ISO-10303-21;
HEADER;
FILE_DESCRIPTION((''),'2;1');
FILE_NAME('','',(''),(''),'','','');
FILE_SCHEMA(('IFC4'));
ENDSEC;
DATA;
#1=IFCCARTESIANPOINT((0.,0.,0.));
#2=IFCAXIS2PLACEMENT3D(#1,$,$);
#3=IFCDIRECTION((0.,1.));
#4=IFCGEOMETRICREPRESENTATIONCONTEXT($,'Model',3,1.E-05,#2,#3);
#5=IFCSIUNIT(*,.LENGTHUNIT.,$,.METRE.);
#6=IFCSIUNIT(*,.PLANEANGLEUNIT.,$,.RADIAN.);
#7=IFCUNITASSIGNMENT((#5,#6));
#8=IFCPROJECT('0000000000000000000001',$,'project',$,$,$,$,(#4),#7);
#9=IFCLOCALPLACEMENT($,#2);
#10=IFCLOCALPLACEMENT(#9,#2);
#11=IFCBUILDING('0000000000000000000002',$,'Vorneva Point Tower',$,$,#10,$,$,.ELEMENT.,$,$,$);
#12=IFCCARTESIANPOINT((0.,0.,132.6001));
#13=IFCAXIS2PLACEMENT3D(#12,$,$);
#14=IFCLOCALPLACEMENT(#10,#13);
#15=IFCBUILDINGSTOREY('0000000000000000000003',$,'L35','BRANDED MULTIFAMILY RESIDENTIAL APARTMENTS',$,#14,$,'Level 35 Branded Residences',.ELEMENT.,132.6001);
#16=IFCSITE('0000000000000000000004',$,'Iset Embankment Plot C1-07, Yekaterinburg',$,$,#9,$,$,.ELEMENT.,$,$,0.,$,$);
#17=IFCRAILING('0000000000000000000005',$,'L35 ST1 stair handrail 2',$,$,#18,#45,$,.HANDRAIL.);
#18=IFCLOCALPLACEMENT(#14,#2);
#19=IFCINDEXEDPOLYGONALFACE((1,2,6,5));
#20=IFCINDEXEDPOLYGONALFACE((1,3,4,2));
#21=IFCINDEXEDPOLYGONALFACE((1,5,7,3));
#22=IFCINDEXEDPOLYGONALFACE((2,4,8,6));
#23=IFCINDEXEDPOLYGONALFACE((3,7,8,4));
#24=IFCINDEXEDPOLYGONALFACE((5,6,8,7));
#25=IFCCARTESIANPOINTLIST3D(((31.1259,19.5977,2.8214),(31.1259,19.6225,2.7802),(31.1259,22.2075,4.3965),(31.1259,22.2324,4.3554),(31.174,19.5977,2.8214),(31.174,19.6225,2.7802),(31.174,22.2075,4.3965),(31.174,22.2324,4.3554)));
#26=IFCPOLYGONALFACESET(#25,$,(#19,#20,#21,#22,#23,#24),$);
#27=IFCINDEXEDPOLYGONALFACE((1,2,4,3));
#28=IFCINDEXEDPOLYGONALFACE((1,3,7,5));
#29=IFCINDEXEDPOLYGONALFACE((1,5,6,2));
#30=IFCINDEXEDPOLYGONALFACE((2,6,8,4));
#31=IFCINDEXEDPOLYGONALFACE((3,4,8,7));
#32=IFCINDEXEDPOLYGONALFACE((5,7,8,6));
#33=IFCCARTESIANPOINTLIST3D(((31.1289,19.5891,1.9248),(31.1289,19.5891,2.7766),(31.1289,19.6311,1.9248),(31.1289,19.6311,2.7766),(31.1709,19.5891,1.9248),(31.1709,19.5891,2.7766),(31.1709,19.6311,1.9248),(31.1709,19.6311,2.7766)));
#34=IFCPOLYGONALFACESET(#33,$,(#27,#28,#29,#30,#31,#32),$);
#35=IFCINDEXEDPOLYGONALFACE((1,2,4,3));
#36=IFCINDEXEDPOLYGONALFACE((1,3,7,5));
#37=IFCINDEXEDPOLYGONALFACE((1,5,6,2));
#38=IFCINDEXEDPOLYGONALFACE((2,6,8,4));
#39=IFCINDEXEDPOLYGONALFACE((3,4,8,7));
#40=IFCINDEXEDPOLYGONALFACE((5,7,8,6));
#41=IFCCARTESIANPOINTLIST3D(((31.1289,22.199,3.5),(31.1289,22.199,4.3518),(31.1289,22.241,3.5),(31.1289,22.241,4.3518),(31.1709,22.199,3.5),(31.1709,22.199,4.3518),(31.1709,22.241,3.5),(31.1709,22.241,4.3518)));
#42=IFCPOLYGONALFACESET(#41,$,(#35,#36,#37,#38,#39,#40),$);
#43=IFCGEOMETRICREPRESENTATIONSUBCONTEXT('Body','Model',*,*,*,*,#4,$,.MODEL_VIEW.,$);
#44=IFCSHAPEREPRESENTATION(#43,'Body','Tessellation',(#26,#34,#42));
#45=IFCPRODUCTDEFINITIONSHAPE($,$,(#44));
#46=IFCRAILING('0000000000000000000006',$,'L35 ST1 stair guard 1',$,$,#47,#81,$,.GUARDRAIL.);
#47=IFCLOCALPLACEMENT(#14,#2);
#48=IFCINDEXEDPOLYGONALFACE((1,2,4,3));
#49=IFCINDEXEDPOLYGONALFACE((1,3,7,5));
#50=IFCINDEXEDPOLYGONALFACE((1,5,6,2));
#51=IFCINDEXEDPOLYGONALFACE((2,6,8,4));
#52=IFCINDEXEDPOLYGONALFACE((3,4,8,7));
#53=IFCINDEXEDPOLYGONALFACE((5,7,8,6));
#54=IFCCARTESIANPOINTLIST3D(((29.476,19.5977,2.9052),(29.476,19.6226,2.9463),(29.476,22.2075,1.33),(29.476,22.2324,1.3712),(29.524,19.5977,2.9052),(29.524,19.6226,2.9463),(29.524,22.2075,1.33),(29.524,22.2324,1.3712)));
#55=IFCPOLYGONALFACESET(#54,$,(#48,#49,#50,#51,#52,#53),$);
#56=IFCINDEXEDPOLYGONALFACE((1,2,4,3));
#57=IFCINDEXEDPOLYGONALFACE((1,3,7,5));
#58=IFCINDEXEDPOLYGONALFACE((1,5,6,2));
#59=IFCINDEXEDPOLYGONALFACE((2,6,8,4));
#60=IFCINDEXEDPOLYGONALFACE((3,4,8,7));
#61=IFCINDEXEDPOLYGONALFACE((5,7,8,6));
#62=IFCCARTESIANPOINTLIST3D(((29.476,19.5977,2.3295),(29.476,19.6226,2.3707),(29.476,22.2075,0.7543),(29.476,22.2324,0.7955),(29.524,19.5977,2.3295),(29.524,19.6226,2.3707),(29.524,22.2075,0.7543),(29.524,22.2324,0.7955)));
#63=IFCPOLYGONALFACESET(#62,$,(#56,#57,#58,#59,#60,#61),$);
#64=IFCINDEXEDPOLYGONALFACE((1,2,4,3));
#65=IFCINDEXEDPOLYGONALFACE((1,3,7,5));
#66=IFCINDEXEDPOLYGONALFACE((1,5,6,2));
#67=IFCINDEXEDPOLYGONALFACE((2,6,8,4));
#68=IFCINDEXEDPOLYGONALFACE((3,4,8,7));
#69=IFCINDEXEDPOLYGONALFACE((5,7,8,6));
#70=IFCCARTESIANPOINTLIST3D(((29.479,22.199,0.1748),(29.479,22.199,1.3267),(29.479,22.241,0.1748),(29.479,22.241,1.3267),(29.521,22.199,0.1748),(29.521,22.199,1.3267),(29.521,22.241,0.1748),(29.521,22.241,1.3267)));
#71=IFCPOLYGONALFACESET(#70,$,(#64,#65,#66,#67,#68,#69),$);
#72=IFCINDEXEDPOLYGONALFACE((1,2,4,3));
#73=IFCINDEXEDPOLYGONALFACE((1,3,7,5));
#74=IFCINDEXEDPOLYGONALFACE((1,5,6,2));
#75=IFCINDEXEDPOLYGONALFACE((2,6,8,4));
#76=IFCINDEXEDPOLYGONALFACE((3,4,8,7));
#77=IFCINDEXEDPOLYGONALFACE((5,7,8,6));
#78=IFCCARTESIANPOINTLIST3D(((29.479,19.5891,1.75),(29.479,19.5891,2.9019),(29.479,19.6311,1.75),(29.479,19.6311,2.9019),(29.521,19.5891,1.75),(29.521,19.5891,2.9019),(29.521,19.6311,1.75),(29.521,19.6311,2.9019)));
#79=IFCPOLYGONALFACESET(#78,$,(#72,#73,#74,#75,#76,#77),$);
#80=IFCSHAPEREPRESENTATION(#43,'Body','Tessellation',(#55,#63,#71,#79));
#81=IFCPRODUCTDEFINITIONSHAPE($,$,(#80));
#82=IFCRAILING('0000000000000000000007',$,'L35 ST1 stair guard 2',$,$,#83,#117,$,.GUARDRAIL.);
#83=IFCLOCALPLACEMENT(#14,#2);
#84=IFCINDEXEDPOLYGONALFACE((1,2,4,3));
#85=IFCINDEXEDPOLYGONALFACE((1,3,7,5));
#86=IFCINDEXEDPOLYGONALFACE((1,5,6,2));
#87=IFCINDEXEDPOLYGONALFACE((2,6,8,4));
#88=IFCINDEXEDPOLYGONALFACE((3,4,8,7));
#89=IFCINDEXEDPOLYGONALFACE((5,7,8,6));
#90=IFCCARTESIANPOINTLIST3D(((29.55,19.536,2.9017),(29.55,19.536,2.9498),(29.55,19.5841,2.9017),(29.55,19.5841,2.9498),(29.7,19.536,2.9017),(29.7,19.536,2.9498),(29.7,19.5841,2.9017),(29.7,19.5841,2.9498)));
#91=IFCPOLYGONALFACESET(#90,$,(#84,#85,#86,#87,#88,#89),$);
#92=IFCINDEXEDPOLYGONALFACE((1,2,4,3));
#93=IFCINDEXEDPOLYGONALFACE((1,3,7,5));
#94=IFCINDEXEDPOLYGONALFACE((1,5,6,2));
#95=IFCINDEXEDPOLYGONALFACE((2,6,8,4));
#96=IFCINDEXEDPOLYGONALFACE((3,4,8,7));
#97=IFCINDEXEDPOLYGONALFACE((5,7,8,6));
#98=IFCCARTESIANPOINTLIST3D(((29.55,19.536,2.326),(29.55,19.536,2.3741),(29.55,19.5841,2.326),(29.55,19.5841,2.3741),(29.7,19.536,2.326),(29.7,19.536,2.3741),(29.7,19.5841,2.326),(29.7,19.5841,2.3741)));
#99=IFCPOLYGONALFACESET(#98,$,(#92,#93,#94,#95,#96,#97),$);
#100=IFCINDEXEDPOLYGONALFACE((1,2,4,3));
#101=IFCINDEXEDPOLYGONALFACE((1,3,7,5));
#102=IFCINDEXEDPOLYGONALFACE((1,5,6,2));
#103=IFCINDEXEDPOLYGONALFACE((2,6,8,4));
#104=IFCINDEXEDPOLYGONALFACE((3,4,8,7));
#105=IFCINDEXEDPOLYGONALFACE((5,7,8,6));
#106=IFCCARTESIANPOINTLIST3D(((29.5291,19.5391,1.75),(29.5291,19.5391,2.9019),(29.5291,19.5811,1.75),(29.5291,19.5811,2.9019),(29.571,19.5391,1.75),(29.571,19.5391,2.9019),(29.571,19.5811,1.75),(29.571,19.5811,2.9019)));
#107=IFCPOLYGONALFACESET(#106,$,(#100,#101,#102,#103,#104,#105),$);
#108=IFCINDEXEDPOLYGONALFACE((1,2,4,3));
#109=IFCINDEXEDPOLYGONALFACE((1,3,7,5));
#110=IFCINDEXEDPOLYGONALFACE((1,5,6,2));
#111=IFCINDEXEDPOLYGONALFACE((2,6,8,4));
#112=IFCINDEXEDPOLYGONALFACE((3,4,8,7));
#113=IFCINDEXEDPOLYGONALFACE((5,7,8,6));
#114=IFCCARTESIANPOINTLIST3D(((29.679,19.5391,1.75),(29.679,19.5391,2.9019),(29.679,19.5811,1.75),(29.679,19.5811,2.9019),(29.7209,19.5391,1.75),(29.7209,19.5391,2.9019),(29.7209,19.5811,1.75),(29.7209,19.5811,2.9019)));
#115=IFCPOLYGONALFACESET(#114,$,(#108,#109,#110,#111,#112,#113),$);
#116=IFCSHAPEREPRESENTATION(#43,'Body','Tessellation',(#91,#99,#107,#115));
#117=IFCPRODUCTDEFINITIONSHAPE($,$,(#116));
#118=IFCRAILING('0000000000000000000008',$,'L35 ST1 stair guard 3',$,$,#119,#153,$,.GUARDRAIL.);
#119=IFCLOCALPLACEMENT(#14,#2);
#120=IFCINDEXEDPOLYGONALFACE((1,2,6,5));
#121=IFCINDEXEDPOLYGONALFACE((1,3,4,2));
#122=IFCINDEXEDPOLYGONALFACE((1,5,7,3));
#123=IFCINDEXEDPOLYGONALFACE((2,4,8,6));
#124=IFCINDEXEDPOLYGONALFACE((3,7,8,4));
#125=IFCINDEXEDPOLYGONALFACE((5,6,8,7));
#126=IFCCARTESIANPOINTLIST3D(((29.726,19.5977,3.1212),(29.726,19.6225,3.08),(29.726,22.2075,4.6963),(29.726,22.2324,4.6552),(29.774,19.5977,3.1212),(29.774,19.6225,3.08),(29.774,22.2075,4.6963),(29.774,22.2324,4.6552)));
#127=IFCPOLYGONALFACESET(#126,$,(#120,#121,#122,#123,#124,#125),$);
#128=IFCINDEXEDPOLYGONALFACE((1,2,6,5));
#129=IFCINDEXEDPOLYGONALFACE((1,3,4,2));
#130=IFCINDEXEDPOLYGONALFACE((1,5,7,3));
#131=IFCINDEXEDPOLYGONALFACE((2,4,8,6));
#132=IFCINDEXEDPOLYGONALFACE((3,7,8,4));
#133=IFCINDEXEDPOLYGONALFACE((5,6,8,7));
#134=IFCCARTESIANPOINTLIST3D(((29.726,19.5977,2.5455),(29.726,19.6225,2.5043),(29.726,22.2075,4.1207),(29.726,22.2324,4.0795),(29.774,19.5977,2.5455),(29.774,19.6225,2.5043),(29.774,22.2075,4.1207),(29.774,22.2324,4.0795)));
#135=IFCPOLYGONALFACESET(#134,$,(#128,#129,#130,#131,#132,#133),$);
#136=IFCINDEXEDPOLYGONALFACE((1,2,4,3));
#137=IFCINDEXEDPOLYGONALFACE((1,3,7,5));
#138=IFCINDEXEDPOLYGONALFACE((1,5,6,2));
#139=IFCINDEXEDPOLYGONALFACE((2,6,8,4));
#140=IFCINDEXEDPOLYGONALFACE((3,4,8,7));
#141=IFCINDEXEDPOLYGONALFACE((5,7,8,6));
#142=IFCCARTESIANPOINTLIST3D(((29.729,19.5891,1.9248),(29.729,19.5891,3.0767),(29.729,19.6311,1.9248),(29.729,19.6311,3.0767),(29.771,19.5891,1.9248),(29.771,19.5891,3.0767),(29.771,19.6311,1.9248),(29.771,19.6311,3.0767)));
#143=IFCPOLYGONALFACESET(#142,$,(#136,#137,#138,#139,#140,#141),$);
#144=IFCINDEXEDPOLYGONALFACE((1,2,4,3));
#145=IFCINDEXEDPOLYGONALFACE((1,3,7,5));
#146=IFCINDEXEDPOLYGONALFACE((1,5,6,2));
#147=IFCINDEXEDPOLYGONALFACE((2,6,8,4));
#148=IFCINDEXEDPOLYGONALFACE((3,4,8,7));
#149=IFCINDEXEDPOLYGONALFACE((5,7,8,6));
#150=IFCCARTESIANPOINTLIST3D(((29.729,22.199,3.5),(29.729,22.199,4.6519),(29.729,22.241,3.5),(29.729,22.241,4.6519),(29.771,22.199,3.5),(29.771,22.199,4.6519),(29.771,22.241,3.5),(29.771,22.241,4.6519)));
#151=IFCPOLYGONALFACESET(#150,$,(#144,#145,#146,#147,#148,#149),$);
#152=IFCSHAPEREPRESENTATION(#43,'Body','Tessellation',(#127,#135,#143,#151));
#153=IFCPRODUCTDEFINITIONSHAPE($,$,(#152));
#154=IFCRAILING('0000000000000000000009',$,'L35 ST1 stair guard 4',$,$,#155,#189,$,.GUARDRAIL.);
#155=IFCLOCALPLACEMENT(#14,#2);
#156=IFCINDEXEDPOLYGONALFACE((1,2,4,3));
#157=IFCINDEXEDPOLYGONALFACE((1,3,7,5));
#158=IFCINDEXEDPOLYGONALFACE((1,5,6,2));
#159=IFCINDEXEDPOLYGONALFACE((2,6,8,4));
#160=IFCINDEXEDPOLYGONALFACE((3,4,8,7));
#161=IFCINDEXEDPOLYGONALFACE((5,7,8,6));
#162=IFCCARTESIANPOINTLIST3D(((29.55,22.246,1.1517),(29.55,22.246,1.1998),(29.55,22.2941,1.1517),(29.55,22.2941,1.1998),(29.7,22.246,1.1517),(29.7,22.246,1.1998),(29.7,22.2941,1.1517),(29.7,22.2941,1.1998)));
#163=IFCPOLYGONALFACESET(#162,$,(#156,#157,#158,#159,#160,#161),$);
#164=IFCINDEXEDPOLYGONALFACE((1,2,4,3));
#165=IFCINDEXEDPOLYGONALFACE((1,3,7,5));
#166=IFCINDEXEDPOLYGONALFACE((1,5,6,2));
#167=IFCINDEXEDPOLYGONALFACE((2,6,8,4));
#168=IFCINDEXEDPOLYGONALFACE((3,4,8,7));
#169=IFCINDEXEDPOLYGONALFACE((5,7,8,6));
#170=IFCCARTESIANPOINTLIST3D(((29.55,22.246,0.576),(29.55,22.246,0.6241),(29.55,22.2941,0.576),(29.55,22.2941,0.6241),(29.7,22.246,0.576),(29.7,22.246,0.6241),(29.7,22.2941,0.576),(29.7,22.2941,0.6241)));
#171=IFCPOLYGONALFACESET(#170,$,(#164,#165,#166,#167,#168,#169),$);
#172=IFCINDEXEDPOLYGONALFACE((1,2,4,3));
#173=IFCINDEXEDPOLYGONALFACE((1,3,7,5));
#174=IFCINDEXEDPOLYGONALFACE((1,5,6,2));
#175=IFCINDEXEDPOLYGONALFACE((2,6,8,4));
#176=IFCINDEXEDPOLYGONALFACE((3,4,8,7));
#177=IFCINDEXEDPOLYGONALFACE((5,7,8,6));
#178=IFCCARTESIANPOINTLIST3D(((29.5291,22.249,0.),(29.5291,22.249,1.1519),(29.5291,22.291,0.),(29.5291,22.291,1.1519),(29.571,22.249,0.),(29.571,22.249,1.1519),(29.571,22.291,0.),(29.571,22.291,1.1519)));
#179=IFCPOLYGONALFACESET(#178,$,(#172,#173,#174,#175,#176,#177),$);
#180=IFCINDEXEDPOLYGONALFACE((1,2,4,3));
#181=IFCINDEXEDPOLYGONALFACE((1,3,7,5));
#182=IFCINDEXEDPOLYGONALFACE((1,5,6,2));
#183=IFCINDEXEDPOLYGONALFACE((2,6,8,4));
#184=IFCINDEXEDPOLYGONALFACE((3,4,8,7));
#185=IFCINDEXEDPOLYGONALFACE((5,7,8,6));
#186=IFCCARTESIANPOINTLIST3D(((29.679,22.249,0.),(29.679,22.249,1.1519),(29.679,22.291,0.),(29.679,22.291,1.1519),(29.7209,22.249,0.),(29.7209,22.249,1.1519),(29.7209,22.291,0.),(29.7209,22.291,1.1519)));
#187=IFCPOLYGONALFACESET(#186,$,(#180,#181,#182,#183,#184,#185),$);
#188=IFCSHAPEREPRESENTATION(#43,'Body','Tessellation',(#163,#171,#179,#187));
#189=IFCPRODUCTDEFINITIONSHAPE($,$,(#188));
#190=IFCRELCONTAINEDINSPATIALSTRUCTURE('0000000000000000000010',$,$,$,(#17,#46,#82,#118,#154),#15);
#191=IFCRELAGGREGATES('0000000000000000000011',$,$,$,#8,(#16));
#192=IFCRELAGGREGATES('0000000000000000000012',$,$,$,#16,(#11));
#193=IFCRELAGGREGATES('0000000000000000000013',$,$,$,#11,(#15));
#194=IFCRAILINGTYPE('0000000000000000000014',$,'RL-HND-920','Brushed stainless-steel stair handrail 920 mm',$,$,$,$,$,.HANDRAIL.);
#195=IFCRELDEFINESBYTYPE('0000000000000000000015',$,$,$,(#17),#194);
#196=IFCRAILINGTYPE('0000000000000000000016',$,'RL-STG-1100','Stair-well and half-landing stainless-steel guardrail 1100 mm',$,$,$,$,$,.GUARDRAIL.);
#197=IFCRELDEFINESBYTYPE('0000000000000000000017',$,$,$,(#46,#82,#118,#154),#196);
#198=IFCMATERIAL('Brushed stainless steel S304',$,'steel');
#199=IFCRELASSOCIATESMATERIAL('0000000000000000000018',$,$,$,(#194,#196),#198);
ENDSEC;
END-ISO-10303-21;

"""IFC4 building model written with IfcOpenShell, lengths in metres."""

from ifc_helpers import new_model, si_unit, direction, frame, origin, origin_2d, place, context, subcontext, project, spatial, rectangle, extrude, material, type_object, element, save


model = new_model("IFC4")

# Units and contexts
model_context = context("Model", 3, precision=1e-05, world=origin(), true_north=direction((0.0, 1.0)))
body_context = subcontext(model_context, "Body", "Model", "MODEL_VIEW")
ifc_project = project(units=[si_unit("LENGTHUNIT", "METRE"), si_unit("PLANEANGLEUNIT", "RADIAN")], contexts=[model_context])

# Site, building, storey
site_placement = place(None, origin())
site = spatial("IfcSite", under=ifc_project, at=site_placement, Name="Iset Embankment Plot C1-07, Yekaterinburg", CompositionType="ELEMENT", RefElevation=0.0)
building_placement = place(site_placement, origin())
building = spatial("IfcBuilding", under=site, at=building_placement, Name="Vorneva Point Tower", CompositionType="ELEMENT")
storey_placement = place(building_placement, frame((0.0, 0.0, 132.6001)))
storey = spatial("IfcBuildingStorey", under=building, at=storey_placement, Name="L35", Description="BRANDED MULTIFAMILY RESIDENTIAL APARTMENTS", LongName="Level 35 Branded Residences", CompositionType="ELEMENT", Elevation=132.6001)

# Shared definitions
ifc_material_1 = material(Name="Brushed stainless steel S304", Category="steel")

# Railings
railing_type_1 = type_object("IfcRailingType", Name="RL-HND-920", Description="Brushed stainless-steel stair handrail 920 mm", PredefinedType="HANDRAIL", material=ifc_material_1)
railing_1_placement = place(storey_placement, frame((31.1499, 19.6101, 1.9248)))
element("IfcRailing", 1, at=railing_1_placement, inside=storey, type_object=railing_type_1, Name="L35 ST1 stair handrail 2", PredefinedType="HANDRAIL", context=body_context, shape_type="SweptSolid", body=[
    extrude(rectangle(XDim=0.0481, YDim=0.0481, at=origin_2d()), frame((0.0, 0.0, 0.876), z_axis=(0.0, 0.856147, 0.516732), x_axis=(-1.0, 0.0, 0.0)), (0.0, 0.0, 1.0), 3.0483),
    extrude(rectangle(XDim=0.042, YDim=0.042, at=origin_2d()), origin(), (0.0, 0.0, 1.0), 0.8518),
    extrude(rectangle(XDim=0.042, YDim=0.042, at=origin_2d()), frame((0.0, 2.6099, 1.5752)), (0.0, 0.0, 1.0), 0.8518),
])
railing_type_2 = type_object("IfcRailingType", Name="RL-STG-1100", Description="Stair-well and half-landing stainless-steel guardrail 1100 mm", PredefinedType="GUARDRAIL", material=ifc_material_1)
railing_2_placement = place(storey_placement, frame((29.5, 22.22, 0.1748)))
element("IfcRailing", 2, at=railing_2_placement, inside=storey, type_object=railing_type_2, Name="L35 ST1 stair guard 1", PredefinedType="GUARDRAIL", context=body_context, shape_type="SweptSolid", body=[
    extrude(rectangle(XDim=0.0481, YDim=0.0481, at=origin_2d()), frame((0.0, 0.0, 1.1758), z_axis=(0.0, -0.856147, 0.516732), x_axis=(1.0, 0.0, 0.0)), (0.0, 0.0, 1.0), 3.0483),
    extrude(rectangle(XDim=0.0481, YDim=0.0481, at=origin_2d()), frame((0.0, 0.0, 0.6001), z_axis=(0.0, -0.856147, 0.516732), x_axis=(1.0, 0.0, 0.0)), (0.0, 0.0, 1.0), 3.0483),
    extrude(rectangle(XDim=0.042, YDim=0.042, at=origin_2d()), origin(), (0.0, 0.0, 1.0), 1.1519),
    extrude(rectangle(XDim=0.042, YDim=0.042, at=origin_2d()), frame((0.0, -2.6099, 1.5752)), (0.0, 0.0, 1.0), 1.1519),
])
railing_3_placement = place(storey_placement, frame((29.55, 19.5601, 1.75)))
element("IfcRailing", 3, at=railing_3_placement, inside=storey, type_object=railing_type_2, Name="L35 ST1 stair guard 2", PredefinedType="GUARDRAIL", context=body_context, shape_type="SweptSolid", body=[
    extrude(rectangle(XDim=0.0481, YDim=0.0481, at=origin_2d()), frame((0.0, 0.0, 1.1758), z_axis=(1.0, 0.0, 0.0), x_axis=(0.0, 1.0, 0.0)), (0.0, 0.0, 1.0), 0.1499),
    extrude(rectangle(XDim=0.0481, YDim=0.0481, at=origin_2d()), frame((0.0, 0.0, 0.6001), z_axis=(1.0, 0.0, 0.0), x_axis=(0.0, 1.0, 0.0)), (0.0, 0.0, 1.0), 0.1499),
    extrude(rectangle(XDim=0.042, YDim=0.042, at=origin_2d()), origin(), (0.0, 0.0, 1.0), 1.1519),
    extrude(rectangle(XDim=0.042, YDim=0.042, at=origin_2d()), frame((0.1499, 0.0, 0.0)), (0.0, 0.0, 1.0), 1.1519),
])
railing_4_placement = place(storey_placement, frame((29.75, 19.6101, 1.9248)))
element("IfcRailing", 4, at=railing_4_placement, inside=storey, type_object=railing_type_2, Name="L35 ST1 stair guard 3", PredefinedType="GUARDRAIL", context=body_context, shape_type="SweptSolid", body=[
    extrude(rectangle(XDim=0.0481, YDim=0.0481, at=origin_2d()), frame((0.0, 0.0, 1.1758), z_axis=(0.0, 0.856147, 0.516732), x_axis=(-1.0, 0.0, 0.0)), (0.0, 0.0, 1.0), 3.0483),
    extrude(rectangle(XDim=0.0481, YDim=0.0481, at=origin_2d()), frame((0.0, 0.0, 0.6001), z_axis=(0.0, 0.856147, 0.516732), x_axis=(-1.0, 0.0, 0.0)), (0.0, 0.0, 1.0), 3.0483),
    extrude(rectangle(XDim=0.042, YDim=0.042, at=origin_2d()), origin(), (0.0, 0.0, 1.0), 1.1519),
    extrude(rectangle(XDim=0.042, YDim=0.042, at=origin_2d()), frame((0.0, 2.6099, 1.5752)), (0.0, 0.0, 1.0), 1.1519),
])
railing_5_placement = place(storey_placement, frame((29.55, 22.27, 0.0)))
element("IfcRailing", 5, at=railing_5_placement, inside=storey, type_object=railing_type_2, Name="L35 ST1 stair guard 4", PredefinedType="GUARDRAIL", context=body_context, shape_type="SweptSolid", body=[
    extrude(rectangle(XDim=0.0481, YDim=0.0481, at=origin_2d()), frame((0.0, 0.0, 1.1758), z_axis=(1.0, 0.0, 0.0), x_axis=(0.0, 1.0, 0.0)), (0.0, 0.0, 1.0), 0.1499),
    extrude(rectangle(XDim=0.0481, YDim=0.0481, at=origin_2d()), frame((0.0, 0.0, 0.6001), z_axis=(1.0, 0.0, 0.0), x_axis=(0.0, 1.0, 0.0)), (0.0, 0.0, 1.0), 0.1499),
    extrude(rectangle(XDim=0.042, YDim=0.042, at=origin_2d()), origin(), (0.0, 0.0, 1.0), 1.1519),
    extrude(rectangle(XDim=0.042, YDim=0.042, at=origin_2d()), frame((0.1499, 0.0, 0.0)), (0.0, 0.0, 1.0), 1.1519),
])

save(model, "model.ifc")
